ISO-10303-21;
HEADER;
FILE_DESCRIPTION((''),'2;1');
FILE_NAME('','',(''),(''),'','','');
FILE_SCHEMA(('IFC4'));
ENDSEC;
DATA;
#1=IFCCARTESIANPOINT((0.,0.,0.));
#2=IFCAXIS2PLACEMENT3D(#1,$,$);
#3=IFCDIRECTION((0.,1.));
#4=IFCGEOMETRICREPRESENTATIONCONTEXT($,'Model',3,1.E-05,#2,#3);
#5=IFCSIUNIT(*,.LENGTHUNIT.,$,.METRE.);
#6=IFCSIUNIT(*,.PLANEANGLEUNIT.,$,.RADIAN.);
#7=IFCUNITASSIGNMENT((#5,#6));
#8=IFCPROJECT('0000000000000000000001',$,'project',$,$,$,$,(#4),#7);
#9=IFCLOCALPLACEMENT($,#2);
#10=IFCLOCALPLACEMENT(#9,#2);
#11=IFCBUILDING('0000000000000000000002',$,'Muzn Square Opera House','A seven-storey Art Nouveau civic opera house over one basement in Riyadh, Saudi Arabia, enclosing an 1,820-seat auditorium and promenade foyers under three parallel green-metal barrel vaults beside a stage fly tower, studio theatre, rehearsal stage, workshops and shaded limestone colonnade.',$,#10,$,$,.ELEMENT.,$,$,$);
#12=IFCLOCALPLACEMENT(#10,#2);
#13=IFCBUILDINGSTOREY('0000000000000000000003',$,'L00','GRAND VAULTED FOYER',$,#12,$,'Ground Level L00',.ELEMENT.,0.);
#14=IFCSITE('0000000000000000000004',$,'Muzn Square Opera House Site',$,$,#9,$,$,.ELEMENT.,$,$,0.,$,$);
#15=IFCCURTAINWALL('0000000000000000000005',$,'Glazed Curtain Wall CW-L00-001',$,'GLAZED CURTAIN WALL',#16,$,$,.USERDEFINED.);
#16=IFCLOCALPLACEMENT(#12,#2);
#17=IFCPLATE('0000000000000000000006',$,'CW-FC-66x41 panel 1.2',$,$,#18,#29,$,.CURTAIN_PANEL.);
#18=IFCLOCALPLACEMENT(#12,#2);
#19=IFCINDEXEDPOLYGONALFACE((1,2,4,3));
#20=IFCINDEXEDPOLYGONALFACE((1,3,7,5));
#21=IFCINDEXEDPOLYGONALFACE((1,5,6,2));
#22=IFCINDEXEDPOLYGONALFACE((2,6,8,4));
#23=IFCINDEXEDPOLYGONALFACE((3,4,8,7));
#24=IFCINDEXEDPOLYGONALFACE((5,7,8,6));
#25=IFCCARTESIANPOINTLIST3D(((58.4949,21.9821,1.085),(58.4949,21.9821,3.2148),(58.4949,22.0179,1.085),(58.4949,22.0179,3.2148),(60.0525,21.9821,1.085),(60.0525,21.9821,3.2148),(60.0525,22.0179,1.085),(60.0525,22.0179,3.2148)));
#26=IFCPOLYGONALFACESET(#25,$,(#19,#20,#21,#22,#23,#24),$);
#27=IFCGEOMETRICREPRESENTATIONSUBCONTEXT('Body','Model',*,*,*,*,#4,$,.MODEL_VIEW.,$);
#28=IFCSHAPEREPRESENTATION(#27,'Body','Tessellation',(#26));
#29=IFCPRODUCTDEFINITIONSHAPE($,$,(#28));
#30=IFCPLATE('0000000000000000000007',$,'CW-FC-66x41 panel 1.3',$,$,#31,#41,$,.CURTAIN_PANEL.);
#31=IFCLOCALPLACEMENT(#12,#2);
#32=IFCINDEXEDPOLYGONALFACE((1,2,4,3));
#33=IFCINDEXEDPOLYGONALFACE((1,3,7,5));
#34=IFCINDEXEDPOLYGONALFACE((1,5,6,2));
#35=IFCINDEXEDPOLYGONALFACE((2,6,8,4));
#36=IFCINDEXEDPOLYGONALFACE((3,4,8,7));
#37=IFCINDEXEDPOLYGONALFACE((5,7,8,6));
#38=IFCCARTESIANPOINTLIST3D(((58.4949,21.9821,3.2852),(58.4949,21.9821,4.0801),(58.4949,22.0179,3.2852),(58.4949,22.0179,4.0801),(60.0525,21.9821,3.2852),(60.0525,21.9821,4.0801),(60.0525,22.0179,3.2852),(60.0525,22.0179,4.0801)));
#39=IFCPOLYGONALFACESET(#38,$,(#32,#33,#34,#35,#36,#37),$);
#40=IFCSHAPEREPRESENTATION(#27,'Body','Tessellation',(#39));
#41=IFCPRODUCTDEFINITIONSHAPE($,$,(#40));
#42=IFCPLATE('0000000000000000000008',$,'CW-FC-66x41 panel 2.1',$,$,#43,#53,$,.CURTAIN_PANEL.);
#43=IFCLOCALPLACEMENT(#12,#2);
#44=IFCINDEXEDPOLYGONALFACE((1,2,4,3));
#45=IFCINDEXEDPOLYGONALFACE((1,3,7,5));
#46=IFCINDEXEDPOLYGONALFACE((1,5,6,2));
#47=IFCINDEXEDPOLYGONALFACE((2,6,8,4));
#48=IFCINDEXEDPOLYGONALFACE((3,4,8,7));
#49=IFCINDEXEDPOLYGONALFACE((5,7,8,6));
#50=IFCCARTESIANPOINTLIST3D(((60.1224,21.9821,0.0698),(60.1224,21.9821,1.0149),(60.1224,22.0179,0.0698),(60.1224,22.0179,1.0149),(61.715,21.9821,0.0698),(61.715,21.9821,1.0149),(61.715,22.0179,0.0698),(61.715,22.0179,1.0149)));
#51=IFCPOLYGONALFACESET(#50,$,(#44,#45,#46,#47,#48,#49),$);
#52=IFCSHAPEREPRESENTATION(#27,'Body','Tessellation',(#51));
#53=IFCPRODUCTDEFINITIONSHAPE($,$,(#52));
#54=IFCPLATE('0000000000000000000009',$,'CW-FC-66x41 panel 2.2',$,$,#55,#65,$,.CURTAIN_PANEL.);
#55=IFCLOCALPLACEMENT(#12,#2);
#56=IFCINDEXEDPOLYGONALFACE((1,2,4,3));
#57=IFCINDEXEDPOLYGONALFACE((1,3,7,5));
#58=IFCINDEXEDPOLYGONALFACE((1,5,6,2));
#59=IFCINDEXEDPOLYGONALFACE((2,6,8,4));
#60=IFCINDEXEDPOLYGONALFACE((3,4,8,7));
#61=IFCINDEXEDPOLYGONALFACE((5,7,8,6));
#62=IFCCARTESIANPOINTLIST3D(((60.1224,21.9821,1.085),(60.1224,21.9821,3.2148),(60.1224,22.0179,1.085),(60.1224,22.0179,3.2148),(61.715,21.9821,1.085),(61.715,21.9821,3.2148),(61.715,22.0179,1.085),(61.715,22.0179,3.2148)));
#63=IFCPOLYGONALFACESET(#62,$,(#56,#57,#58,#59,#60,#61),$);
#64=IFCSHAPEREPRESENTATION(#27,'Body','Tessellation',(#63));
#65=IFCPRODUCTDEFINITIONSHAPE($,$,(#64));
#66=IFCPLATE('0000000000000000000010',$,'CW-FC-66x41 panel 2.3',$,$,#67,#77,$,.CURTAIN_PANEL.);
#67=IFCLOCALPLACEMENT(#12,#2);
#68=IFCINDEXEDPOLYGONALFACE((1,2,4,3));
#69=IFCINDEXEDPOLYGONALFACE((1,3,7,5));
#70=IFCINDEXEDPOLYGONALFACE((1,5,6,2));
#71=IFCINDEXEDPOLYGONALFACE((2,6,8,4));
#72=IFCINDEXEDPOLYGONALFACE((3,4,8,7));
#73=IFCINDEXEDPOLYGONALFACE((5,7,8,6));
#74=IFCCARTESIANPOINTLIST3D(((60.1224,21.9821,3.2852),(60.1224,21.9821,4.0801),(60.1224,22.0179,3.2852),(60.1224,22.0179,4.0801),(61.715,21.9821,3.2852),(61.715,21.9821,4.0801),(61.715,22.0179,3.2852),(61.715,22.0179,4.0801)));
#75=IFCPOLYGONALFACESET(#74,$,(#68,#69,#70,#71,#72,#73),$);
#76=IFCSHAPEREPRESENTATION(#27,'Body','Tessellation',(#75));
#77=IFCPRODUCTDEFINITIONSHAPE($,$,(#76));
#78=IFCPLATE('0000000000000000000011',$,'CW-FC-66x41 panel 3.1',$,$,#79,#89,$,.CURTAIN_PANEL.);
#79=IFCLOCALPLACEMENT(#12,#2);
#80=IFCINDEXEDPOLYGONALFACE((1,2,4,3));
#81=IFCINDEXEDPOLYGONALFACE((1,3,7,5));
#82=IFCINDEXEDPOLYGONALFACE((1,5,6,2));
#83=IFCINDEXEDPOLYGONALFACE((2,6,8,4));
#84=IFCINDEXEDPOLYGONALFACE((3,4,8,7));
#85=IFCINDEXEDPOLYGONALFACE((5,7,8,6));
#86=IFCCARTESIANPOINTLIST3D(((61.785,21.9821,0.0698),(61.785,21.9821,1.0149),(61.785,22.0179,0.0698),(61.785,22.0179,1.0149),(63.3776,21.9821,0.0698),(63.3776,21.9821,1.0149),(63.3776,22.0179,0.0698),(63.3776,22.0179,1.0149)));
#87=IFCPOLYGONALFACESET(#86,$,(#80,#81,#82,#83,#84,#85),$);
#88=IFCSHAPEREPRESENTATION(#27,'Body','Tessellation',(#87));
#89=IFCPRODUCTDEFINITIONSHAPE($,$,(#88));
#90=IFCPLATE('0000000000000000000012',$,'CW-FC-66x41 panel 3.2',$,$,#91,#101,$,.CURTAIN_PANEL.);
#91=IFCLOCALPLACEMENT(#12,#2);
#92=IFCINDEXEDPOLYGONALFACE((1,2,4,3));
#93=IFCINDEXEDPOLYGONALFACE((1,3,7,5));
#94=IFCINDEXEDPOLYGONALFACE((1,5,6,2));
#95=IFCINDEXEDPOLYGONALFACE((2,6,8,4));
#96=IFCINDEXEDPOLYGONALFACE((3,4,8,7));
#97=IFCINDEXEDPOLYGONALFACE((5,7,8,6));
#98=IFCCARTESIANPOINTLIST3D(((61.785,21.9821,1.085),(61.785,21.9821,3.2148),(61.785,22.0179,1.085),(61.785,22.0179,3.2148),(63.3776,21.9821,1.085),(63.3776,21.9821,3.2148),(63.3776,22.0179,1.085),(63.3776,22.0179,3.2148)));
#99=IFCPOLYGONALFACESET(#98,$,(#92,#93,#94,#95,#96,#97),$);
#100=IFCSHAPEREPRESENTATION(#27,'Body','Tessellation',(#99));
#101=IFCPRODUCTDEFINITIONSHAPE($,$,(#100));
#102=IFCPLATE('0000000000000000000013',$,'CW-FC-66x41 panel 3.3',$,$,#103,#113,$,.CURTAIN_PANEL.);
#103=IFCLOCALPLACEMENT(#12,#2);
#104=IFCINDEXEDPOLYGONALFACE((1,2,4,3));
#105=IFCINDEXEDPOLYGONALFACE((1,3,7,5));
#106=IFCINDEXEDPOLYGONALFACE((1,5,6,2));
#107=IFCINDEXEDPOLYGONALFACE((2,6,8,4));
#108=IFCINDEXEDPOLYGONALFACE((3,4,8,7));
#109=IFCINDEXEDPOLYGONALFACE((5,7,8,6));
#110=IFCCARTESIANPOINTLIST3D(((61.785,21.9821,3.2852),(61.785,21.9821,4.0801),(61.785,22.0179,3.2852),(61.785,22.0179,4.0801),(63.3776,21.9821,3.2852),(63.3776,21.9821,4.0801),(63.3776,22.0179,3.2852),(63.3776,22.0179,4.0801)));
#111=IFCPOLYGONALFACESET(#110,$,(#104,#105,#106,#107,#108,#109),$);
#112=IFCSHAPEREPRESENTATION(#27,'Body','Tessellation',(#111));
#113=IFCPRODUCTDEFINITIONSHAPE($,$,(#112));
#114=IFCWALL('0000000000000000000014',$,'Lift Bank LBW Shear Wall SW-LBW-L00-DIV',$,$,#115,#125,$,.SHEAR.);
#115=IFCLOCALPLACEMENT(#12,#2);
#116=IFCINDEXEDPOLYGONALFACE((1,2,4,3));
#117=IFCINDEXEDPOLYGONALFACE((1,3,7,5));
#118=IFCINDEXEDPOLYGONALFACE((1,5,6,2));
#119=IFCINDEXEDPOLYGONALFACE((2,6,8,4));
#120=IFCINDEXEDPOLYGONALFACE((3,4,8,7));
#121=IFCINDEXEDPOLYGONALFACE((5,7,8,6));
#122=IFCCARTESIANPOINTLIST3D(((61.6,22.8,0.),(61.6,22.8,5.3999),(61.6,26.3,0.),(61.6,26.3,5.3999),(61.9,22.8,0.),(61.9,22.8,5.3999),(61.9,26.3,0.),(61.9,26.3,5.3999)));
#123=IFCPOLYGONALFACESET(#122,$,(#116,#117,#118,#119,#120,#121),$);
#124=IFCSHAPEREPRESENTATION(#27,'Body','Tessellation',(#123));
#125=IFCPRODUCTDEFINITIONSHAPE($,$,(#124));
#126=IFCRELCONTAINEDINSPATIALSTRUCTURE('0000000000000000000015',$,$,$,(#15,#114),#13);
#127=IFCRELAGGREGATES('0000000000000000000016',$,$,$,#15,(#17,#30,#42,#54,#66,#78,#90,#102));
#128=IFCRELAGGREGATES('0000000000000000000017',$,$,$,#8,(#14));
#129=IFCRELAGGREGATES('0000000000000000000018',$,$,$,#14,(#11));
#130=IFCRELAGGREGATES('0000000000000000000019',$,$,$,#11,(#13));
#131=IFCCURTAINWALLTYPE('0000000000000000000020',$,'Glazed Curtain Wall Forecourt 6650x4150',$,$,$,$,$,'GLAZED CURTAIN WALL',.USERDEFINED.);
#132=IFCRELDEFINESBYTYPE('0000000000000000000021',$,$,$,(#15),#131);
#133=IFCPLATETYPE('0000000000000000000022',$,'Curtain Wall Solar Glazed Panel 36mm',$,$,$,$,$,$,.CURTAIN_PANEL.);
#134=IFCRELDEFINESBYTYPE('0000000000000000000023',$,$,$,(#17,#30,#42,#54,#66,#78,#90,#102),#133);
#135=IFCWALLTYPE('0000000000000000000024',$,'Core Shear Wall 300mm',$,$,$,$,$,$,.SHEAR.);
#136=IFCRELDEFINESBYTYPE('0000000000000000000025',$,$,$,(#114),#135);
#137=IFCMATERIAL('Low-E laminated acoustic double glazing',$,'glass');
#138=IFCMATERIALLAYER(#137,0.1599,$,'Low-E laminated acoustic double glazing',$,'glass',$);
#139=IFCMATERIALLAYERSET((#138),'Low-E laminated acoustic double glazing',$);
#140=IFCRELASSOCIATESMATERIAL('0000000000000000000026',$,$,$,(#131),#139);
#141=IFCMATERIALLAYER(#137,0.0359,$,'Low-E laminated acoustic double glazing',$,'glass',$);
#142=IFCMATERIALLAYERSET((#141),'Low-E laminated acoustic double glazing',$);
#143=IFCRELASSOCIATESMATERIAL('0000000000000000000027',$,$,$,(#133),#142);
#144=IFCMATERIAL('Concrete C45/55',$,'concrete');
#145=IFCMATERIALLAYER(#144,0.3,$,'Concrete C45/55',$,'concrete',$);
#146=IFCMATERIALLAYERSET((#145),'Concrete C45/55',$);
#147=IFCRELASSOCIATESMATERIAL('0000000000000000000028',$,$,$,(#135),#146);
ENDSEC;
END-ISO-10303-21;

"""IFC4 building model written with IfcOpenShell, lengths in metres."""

from ifc_helpers import new_model, si_unit, direction, frame, frame_2d, origin, origin_2d, place, context, subcontext, project, spatial, rectangle, extrude, material, layer, layer_set, type_object, element, aggregate, save


model = new_model("IFC4")

# Units and contexts
model_context = context("Model", 3, precision=1e-05, world=origin(), true_north=direction((0.0, 1.0)))
body_context = subcontext(model_context, "Body", "Model", "MODEL_VIEW")
ifc_project = project(units=[si_unit("LENGTHUNIT", "METRE"), si_unit("PLANEANGLEUNIT", "RADIAN")], contexts=[model_context])

# Site, building, storey
site_placement = place(None, origin())
site = spatial("IfcSite", under=ifc_project, at=site_placement, Name="Muzn Square Opera House Site", CompositionType="ELEMENT", RefElevation=0.0)
building_placement = place(site_placement, origin())
building = spatial("IfcBuilding", under=site, at=building_placement, Name="Muzn Square Opera House", Description="A seven-storey Art Nouveau civic opera house over one basement in Riyadh, Saudi Arabia, enclosing an 1,820-seat auditorium and promenade foyers under three parallel green-metal barrel vaults beside a stage fly tower, studio theatre, rehearsal stage, workshops and shaded limestone colonnade.", CompositionType="ELEMENT")
storey_placement = place(building_placement, origin())
storey = spatial("IfcBuildingStorey", under=building, at=storey_placement, Name="L00", Description="GRAND VAULTED FOYER", LongName="Ground Level L00", CompositionType="ELEMENT", Elevation=0.0)

# Curtain wall, plates
ifc_material_1 = material(Name="Low-E laminated acoustic double glazing", Category="glass")
ifc_layer_1 = layer(ifc_material_1, 0.1599, Name="Low-E laminated acoustic double glazing", Category="glass")
ifc_layer_set_1 = layer_set([ifc_layer_1], Name="Low-E laminated acoustic double glazing")
curtain_wall_type = type_object("IfcCurtainWallType", Name="Glazed Curtain Wall Forecourt 6650x4150", ElementType="GLAZED CURTAIN WALL", PredefinedType="USERDEFINED", material=ifc_layer_set_1)
curtain_wall_placement = place(storey_placement, origin())
curtain_wall = element("IfcCurtainWall", 1, at=curtain_wall_placement, inside=storey, type_object=curtain_wall_type, Name="Glazed Curtain Wall CW-L00-001", ObjectType="GLAZED CURTAIN WALL", PredefinedType="USERDEFINED")
ifc_layer_2 = layer(ifc_material_1, 0.0359, Name="Low-E laminated acoustic double glazing", Category="glass")
ifc_layer_set_2 = layer_set([ifc_layer_2], Name="Low-E laminated acoustic double glazing")
plate_type = type_object("IfcPlateType", Name="Curtain Wall Solar Glazed Panel 36mm", PredefinedType="CURTAIN_PANEL", material=ifc_layer_set_2)
plate_1_placement = place(storey_placement, frame((59.2737, 22.0, 1.085), z_axis=(0.0, 0.0, 1.0), x_axis=(1.0, 0.0, 0.0)))
plate_1 = element("IfcPlate", 2, at=plate_1_placement, type_object=plate_type, Name="CW-FC-66x41 panel 1.2", PredefinedType="CURTAIN_PANEL", context=body_context, shape_type="SweptSolid", body=[
    extrude(rectangle(XDim=1.5576, YDim=0.0359, at=origin_2d()), origin(), (0.0, 0.0, 1.0), 2.1299),
])
plate_2_placement = place(storey_placement, frame((59.2737, 22.0, 3.2852), z_axis=(0.0, 0.0, 1.0), x_axis=(1.0, 0.0, 0.0)))
plate_2 = element("IfcPlate", 3, at=plate_2_placement, type_object=plate_type, Name="CW-FC-66x41 panel 1.3", PredefinedType="CURTAIN_PANEL", context=body_context, shape_type="SweptSolid", body=[
    extrude(rectangle(XDim=1.5576, YDim=0.0359, at=origin_2d()), origin(), (0.0, 0.0, 1.0), 0.7949),
])
plate_3_placement = place(storey_placement, frame((60.9187, 22.0, 0.0698), z_axis=(0.0, 0.0, 1.0), x_axis=(1.0, 0.0, 0.0)))
plate_3 = element("IfcPlate", 4, at=plate_3_placement, type_object=plate_type, Name="CW-FC-66x41 panel 2.1", PredefinedType="CURTAIN_PANEL", context=body_context, shape_type="SweptSolid", body=[
    extrude(rectangle(XDim=1.5925, YDim=0.0359, at=origin_2d()), origin(), (0.0, 0.0, 1.0), 0.9451),
])
plate_4_placement = place(storey_placement, frame((60.9187, 22.0, 1.085), z_axis=(0.0, 0.0, 1.0), x_axis=(1.0, 0.0, 0.0)))
plate_4 = element("IfcPlate", 5, at=plate_4_placement, type_object=plate_type, Name="CW-FC-66x41 panel 2.2", PredefinedType="CURTAIN_PANEL", context=body_context, shape_type="SweptSolid", body=[
    extrude(rectangle(XDim=1.5925, YDim=0.0359, at=origin_2d()), origin(), (0.0, 0.0, 1.0), 2.1299),
])
plate_5_placement = place(storey_placement, frame((60.9187, 22.0, 3.2852), z_axis=(0.0, 0.0, 1.0), x_axis=(1.0, 0.0, 0.0)))
plate_5 = element("IfcPlate", 6, at=plate_5_placement, type_object=plate_type, Name="CW-FC-66x41 panel 2.3", PredefinedType="CURTAIN_PANEL", context=body_context, shape_type="SweptSolid", body=[
    extrude(rectangle(XDim=1.5925, YDim=0.0359, at=origin_2d()), origin(), (0.0, 0.0, 1.0), 0.7949),
])
plate_6_placement = place(storey_placement, frame((62.5813, 22.0, 0.0698), z_axis=(0.0, 0.0, 1.0), x_axis=(1.0, 0.0, 0.0)))
plate_6 = element("IfcPlate", 7, at=plate_6_placement, type_object=plate_type, Name="CW-FC-66x41 panel 3.1", PredefinedType="CURTAIN_PANEL", context=body_context, shape_type="SweptSolid", body=[
    extrude(rectangle(XDim=1.5925, YDim=0.0359, at=origin_2d()), origin(), (0.0, 0.0, 1.0), 0.9451),
])
plate_7_placement = place(storey_placement, frame((62.5813, 22.0, 1.085), z_axis=(0.0, 0.0, 1.0), x_axis=(1.0, 0.0, 0.0)))
plate_7 = element("IfcPlate", 8, at=plate_7_placement, type_object=plate_type, Name="CW-FC-66x41 panel 3.2", PredefinedType="CURTAIN_PANEL", context=body_context, shape_type="SweptSolid", body=[
    extrude(rectangle(XDim=1.5925, YDim=0.0359, at=origin_2d()), origin(), (0.0, 0.0, 1.0), 2.1299),
])
plate_8_placement = place(storey_placement, frame((62.5813, 22.0, 3.2852), z_axis=(0.0, 0.0, 1.0), x_axis=(1.0, 0.0, 0.0)))
plate_8 = element("IfcPlate", 9, at=plate_8_placement, type_object=plate_type, Name="CW-FC-66x41 panel 3.3", PredefinedType="CURTAIN_PANEL", context=body_context, shape_type="SweptSolid", body=[
    extrude(rectangle(XDim=1.5925, YDim=0.0359, at=origin_2d()), origin(), (0.0, 0.0, 1.0), 0.7949),
])
aggregate(curtain_wall, [plate_1, plate_2, plate_3, plate_4, plate_5, plate_6, plate_7, plate_8])

# Wall
ifc_material_2 = material(Name="Concrete C45/55", Category="concrete")
ifc_layer_3 = layer(ifc_material_2, 0.3, Name="Concrete C45/55", Category="concrete")
ifc_layer_set_3 = layer_set([ifc_layer_3], Name="Concrete C45/55")
wall_type = type_object("IfcWallType", Name="Core Shear Wall 300mm", PredefinedType="SHEAR", material=ifc_layer_set_3)
wall_placement = place(storey_placement, frame((61.75, 22.8, 0.0), z_axis=(0.0, 0.0, 1.0), x_axis=(0.0, 1.0, 0.0)))
element("IfcWall", 10, at=wall_placement, inside=storey, type_object=wall_type, Name="Lift Bank LBW Shear Wall SW-LBW-L00-DIV", PredefinedType="SHEAR", context=body_context, shape_type="SweptSolid", body=[
    extrude(rectangle(XDim=3.5, YDim=0.3, at=frame_2d((1.75, 0.0))), origin(), (0.0, 0.0, 1.0), 5.3999),
])

save(model, "model.ifc")
